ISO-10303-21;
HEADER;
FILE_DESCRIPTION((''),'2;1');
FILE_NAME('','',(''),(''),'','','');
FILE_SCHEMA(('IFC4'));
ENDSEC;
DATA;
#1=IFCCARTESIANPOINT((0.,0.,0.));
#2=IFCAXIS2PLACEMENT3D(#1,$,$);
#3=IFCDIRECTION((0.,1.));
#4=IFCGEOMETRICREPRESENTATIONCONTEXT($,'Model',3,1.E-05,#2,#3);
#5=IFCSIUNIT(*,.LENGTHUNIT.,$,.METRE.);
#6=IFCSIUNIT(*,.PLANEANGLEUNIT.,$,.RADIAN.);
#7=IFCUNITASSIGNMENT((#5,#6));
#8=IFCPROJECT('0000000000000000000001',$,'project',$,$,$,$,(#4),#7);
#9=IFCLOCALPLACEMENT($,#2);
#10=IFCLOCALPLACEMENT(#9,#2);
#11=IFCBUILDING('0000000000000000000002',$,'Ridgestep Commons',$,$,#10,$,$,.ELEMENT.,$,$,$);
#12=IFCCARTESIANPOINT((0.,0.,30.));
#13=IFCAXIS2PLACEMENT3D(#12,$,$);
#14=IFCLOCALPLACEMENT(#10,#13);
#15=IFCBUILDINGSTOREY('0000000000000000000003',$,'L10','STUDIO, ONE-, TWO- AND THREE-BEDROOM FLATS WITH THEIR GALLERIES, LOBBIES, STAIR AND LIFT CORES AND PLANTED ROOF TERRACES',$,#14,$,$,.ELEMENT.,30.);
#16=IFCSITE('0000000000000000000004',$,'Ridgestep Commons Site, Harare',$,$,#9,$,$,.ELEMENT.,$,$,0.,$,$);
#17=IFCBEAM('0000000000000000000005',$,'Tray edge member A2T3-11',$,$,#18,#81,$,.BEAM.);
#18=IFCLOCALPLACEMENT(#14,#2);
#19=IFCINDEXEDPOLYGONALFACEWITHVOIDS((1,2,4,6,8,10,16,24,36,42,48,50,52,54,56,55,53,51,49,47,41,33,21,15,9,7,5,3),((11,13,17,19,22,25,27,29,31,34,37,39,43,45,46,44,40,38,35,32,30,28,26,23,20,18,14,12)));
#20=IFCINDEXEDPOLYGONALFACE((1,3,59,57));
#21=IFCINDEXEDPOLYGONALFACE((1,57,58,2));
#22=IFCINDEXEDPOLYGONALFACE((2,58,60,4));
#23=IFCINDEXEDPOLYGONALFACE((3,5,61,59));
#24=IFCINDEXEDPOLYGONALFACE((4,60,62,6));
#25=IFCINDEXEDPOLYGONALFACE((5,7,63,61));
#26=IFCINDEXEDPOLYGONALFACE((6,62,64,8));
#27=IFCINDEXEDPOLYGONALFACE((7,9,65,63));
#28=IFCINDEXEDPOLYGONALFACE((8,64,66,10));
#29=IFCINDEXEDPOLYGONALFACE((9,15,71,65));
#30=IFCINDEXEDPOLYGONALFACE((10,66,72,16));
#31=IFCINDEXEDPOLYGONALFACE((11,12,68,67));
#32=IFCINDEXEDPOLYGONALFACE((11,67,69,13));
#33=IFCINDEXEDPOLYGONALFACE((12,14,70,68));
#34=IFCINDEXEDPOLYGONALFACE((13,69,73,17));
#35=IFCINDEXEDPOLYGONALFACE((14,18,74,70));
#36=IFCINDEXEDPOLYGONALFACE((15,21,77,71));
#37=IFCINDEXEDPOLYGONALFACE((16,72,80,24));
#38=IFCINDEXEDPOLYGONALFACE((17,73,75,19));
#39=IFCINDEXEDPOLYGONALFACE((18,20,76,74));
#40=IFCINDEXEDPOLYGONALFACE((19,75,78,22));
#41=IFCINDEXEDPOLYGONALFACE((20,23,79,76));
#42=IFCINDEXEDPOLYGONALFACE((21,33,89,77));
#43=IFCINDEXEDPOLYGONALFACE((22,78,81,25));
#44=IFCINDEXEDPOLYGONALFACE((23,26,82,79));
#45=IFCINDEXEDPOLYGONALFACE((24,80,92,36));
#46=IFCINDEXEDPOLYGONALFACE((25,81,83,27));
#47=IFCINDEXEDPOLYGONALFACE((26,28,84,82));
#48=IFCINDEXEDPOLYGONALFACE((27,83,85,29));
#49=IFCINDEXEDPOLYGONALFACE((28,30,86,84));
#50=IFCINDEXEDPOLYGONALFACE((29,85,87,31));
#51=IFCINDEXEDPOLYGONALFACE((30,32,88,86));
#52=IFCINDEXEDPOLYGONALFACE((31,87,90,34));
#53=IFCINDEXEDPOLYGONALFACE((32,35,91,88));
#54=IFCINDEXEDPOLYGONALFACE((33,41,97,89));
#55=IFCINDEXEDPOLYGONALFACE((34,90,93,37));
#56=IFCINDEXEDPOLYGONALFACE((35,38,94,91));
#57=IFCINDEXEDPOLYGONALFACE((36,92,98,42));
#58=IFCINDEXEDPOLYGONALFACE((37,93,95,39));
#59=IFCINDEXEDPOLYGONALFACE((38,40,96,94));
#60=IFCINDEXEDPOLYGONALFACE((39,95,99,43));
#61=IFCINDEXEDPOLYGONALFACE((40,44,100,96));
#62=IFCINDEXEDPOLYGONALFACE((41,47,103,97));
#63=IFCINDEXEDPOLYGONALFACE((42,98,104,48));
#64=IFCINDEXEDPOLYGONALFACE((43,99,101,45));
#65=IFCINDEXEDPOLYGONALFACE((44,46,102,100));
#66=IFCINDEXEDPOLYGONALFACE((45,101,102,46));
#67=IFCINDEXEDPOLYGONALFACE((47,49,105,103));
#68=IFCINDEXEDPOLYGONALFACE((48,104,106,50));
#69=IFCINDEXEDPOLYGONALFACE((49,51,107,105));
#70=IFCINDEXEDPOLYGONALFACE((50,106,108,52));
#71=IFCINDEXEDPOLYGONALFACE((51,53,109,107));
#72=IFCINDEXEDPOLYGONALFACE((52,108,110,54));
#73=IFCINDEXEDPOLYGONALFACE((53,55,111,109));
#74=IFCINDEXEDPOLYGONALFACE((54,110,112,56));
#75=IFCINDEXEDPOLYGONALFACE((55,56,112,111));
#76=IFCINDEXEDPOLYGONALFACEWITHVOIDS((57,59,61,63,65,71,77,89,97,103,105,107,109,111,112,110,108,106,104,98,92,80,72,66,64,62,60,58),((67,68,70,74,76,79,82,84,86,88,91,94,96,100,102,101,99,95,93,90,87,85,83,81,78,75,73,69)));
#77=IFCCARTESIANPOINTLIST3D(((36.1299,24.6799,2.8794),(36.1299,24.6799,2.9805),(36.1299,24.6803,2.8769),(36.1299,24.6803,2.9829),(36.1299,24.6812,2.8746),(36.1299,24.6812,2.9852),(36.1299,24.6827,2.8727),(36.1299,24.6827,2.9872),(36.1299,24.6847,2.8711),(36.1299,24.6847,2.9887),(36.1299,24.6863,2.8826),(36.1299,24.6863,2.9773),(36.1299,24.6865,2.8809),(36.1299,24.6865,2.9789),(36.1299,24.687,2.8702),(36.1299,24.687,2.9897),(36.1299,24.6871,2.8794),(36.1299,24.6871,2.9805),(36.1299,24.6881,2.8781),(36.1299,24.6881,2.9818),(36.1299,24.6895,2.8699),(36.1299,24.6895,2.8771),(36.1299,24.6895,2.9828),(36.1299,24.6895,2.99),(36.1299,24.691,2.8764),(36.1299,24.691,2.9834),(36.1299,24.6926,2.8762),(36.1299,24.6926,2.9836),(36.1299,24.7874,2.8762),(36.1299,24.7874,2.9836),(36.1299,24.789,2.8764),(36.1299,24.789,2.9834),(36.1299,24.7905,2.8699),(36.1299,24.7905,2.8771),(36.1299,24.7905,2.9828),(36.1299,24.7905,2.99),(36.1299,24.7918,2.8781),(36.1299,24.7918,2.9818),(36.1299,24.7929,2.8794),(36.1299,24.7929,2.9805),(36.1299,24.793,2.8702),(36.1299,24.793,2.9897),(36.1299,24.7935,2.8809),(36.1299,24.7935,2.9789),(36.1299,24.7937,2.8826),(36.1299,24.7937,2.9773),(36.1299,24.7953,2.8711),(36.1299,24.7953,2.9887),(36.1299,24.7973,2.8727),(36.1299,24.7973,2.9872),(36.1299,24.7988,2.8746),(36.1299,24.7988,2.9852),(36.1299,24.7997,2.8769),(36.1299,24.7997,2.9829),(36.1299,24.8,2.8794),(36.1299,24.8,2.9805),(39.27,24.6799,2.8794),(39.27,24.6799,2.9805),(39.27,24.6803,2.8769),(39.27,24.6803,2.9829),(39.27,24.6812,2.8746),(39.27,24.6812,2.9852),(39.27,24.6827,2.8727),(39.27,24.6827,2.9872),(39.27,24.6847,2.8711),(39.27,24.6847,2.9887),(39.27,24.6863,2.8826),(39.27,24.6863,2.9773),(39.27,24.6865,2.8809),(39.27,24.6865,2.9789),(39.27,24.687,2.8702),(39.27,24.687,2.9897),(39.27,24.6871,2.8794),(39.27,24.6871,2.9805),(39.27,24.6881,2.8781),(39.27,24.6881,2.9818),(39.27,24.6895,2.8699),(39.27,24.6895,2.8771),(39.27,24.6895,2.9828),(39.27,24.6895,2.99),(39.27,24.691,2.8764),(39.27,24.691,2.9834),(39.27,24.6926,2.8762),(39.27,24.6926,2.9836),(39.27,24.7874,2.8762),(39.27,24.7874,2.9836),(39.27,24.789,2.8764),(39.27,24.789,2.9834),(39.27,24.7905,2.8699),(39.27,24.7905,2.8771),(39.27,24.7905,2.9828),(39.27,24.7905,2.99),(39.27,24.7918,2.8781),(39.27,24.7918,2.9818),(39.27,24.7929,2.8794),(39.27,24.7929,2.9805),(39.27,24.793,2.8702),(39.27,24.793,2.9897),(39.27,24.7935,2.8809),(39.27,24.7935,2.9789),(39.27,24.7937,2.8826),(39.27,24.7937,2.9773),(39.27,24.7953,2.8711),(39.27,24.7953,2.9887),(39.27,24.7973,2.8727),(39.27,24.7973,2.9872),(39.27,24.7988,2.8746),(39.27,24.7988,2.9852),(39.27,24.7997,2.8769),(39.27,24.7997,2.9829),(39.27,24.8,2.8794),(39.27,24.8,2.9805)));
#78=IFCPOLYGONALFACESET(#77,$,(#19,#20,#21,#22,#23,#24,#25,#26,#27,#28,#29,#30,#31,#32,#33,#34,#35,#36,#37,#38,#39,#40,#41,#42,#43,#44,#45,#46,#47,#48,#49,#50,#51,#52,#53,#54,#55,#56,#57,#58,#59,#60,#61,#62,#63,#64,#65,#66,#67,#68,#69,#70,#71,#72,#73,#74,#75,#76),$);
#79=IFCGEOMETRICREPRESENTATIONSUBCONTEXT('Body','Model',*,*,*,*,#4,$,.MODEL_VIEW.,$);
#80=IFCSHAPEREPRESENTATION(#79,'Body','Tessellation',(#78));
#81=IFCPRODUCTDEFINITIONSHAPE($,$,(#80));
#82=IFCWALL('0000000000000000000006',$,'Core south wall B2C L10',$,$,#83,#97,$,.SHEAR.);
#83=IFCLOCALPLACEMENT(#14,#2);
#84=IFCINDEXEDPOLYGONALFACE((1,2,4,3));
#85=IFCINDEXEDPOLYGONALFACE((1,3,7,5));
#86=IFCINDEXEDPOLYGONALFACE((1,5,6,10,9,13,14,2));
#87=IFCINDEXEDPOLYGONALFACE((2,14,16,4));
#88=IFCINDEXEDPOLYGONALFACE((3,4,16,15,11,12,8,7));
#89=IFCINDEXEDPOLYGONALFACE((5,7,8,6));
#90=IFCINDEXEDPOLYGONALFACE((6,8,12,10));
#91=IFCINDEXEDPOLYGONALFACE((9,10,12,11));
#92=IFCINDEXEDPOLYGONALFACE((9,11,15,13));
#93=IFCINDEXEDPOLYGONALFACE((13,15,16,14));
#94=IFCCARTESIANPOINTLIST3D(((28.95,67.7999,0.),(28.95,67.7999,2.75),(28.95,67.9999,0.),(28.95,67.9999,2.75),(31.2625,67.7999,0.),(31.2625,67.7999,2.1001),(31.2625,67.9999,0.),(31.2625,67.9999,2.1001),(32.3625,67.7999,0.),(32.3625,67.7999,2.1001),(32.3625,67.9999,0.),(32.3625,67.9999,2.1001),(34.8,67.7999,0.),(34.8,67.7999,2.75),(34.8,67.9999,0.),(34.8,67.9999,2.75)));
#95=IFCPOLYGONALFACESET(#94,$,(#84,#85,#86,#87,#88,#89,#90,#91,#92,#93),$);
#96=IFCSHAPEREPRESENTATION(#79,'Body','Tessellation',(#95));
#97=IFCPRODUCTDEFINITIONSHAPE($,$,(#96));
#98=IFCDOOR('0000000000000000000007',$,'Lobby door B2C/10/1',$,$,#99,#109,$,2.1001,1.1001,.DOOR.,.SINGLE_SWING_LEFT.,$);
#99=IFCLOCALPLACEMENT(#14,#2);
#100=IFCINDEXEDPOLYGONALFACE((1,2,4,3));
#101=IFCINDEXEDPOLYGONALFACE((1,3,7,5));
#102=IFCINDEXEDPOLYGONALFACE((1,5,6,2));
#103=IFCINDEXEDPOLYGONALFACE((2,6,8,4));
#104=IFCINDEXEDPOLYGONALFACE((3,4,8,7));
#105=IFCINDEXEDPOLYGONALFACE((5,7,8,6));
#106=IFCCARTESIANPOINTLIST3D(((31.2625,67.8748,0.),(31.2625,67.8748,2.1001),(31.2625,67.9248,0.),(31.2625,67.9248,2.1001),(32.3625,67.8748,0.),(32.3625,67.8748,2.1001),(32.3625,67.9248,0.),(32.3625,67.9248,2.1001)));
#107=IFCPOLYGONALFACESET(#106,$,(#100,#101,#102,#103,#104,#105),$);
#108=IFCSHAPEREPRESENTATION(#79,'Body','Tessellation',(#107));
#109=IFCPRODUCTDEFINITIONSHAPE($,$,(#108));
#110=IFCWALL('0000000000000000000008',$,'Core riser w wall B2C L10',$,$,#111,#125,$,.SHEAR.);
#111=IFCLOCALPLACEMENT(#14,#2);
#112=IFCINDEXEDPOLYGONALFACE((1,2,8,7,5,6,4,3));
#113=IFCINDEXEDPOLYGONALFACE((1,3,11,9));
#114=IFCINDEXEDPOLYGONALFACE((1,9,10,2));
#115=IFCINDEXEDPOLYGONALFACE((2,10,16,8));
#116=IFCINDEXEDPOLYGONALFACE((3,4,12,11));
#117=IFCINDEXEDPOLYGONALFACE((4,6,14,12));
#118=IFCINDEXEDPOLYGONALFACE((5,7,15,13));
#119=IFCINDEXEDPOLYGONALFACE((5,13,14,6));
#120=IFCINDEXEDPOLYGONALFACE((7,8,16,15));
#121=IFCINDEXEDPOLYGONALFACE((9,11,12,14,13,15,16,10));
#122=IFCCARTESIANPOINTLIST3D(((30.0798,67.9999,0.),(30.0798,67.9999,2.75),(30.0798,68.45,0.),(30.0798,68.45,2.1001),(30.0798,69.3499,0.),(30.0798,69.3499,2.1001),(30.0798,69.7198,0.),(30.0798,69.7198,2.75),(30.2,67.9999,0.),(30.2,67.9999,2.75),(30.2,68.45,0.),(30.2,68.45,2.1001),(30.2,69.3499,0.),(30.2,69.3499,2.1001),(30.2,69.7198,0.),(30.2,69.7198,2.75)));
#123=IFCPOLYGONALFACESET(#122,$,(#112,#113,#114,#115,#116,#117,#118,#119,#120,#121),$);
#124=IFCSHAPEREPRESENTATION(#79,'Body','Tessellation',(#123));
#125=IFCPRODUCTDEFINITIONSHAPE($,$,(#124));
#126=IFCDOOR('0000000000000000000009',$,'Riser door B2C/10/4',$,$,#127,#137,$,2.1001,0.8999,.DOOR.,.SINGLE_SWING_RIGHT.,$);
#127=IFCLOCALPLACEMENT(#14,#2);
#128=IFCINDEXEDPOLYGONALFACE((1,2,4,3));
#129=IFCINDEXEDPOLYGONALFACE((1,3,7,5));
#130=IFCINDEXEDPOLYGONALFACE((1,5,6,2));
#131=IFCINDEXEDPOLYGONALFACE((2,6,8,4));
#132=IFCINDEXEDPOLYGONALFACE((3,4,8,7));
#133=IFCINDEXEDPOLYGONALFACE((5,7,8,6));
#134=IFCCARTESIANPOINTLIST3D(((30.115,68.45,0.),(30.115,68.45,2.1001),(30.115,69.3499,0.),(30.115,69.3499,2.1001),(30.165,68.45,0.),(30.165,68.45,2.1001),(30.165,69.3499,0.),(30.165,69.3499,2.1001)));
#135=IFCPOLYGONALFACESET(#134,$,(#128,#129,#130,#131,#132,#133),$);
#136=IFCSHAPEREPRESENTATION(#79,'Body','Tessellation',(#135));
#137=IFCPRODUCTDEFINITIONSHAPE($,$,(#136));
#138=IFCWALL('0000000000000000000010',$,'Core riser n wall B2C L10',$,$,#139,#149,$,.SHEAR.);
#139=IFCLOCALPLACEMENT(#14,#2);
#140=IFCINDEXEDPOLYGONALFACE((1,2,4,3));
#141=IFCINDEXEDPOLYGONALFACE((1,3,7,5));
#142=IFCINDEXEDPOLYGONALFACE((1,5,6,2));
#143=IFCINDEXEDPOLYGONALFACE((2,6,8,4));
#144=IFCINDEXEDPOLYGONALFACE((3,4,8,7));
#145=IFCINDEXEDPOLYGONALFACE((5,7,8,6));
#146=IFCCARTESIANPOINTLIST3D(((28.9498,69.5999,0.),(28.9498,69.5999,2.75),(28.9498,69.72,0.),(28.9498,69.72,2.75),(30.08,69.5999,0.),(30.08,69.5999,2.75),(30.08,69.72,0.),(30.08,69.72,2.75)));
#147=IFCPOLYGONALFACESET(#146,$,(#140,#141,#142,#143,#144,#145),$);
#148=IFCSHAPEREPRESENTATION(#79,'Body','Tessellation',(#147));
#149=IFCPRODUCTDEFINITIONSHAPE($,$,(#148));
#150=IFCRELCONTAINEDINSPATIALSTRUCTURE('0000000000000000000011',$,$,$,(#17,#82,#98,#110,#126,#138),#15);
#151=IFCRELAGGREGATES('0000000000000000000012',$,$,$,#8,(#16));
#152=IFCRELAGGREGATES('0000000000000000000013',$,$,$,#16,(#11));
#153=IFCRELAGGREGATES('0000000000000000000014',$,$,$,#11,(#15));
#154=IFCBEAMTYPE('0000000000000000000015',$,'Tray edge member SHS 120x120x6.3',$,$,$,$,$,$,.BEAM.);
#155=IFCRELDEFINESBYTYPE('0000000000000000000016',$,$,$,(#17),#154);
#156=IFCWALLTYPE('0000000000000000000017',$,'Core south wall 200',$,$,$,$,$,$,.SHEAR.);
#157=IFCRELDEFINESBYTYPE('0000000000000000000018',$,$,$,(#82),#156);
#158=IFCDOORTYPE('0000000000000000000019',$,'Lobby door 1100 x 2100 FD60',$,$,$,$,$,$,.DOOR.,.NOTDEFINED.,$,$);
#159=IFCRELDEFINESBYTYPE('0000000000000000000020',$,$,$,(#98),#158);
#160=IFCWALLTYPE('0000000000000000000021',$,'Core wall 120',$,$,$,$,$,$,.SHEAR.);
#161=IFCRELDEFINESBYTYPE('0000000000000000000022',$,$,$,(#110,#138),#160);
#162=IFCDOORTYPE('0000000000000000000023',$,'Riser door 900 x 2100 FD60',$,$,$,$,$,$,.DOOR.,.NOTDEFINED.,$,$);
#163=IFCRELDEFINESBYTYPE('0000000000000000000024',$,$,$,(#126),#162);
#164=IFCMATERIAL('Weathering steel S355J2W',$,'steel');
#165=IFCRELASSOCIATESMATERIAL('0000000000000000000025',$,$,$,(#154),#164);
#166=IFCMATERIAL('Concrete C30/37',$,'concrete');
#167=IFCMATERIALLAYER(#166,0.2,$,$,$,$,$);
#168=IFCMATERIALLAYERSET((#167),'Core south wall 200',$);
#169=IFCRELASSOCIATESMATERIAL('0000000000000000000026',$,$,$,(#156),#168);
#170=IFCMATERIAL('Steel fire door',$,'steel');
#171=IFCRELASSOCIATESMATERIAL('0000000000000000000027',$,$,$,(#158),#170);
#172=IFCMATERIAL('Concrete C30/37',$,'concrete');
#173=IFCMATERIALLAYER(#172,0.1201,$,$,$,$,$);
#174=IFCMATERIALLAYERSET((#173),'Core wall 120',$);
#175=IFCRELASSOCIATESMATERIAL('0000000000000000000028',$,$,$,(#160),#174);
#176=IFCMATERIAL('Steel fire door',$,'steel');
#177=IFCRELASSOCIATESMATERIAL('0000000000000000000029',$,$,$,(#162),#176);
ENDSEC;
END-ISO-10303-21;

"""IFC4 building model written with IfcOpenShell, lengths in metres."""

from ifc_helpers import new_model, si_unit, direction, frame, frame_2d, origin, origin_2d, place, context, subcontext, project, spatial, rectangle, hollow_rectangle, extrude, material, layer, layer_set, material_profile, profile_set, type_object, element, fill, save


model = new_model("IFC4")

# Units and contexts
model_context = context("Model", 3, precision=1e-05, world=origin(), true_north=direction((0.0, 1.0)))
body_context = subcontext(model_context, "Body", "Model", "MODEL_VIEW")
ifc_project = project(units=[si_unit("LENGTHUNIT", "METRE"), si_unit("PLANEANGLEUNIT", "RADIAN")], contexts=[model_context])

# Site, building, storey
site_placement = place(None, origin())
site = spatial("IfcSite", under=ifc_project, at=site_placement, Name="Ridgestep Commons Site, Harare", CompositionType="ELEMENT", RefElevation=0.0)
building_placement = place(site_placement, origin())
building = spatial("IfcBuilding", under=site, at=building_placement, Name="Ridgestep Commons", CompositionType="ELEMENT")
storey_placement = place(building_placement, frame((0.0, 0.0, 30.0)))
storey = spatial("IfcBuildingStorey", under=building, at=storey_placement, Name="L10", Description="STUDIO, ONE-, TWO- AND THREE-BEDROOM FLATS WITH THEIR GALLERIES, LOBBIES, STAIR AND LIFT CORES AND PLANTED ROOF TERRACES", CompositionType="ELEMENT", Elevation=30.0)

# Beam
ifc_material_1 = material(Name="Weathering steel S355J2W", Category="steel")
ifc_material_profile_1 = material_profile(ifc_material_1, hollow_rectangle(XDim=0.1201, YDim=0.1201, WallThickness=0.0063, InnerFilletRadius=0.0063, OuterFilletRadius=0.0095, at=origin_2d()), Name="SHS 120x120x6.3")
ifc_profile_set_1 = profile_set([ifc_material_profile_1], Name="Weathering steel S355J2W")
beam_type_1 = type_object("IfcBeamType", Name="Tray edge member SHS 120x120x6.3", PredefinedType="BEAM", material=ifc_profile_set_1)
beam_1_placement = place(storey_placement, frame((36.1299, 24.74, 2.9299), z_axis=(1.0, 0.0, 0.0), x_axis=(0.0, 0.0, 1.0)))
element("IfcBeam", 1, at=beam_1_placement, inside=storey, type_object=beam_type_1, Name="Tray edge member A2T3-11", PredefinedType="BEAM", context=body_context, shape_type="SweptSolid", body=[
    extrude(hollow_rectangle(XDim=0.1201, YDim=0.1201, WallThickness=0.0063, InnerFilletRadius=0.0063, OuterFilletRadius=0.0095, at=origin_2d()), origin(), (0.0, 0.0, 1.0), 3.1401),
])

# Walls, openings, doors
ifc_material_2 = material(Name="Concrete C30/37", Category="concrete")
ifc_layer_1 = layer(ifc_material_2, 0.2)
ifc_layer_set_1 = layer_set([ifc_layer_1], Name="Core south wall 200")
wall_type_1 = type_object("IfcWallType", Name="Core south wall 200", PredefinedType="SHEAR", material=ifc_layer_set_1)
wall_1_placement = place(storey_placement, frame((28.95, 67.8999, 0.0), z_axis=(0.0, 0.0, 1.0), x_axis=(1.0, 0.0, 0.0)))
wall_1 = element("IfcWall", 2, at=wall_1_placement, inside=storey, type_object=wall_type_1, Name="Core south wall B2C L10", PredefinedType="SHEAR", context=body_context, shape_type="SweptSolid", body=[
    extrude(rectangle(XDim=5.8501, YDim=0.2, at=frame_2d((2.925, 0.0))), origin(), (0.0, 0.0, 1.0), 2.75),
])
opening_1_placement = place(wall_1_placement, frame((2.3125, 0.0, 0.0)))
opening_1 = element("IfcOpeningElement", 3, at=opening_1_placement, cuts=wall_1, PredefinedType="OPENING", context=body_context, shape_type="SweptSolid", body=[
    extrude(rectangle(XDim=1.1001, YDim=2.1001, at=frame_2d((0.55, 1.05))), frame((0.0, 0.1099, 0.0), z_axis=(0.0, -1.0, 0.0), x_axis=(1.0, 0.0, 0.0)), (0.0, 0.0, 1.0), 0.22),
])
ifc_material_3 = material(Name="Steel fire door", Category="steel")
door_type_1 = type_object("IfcDoorType", Name="Lobby door 1100 x 2100 FD60", OperationType="NOTDEFINED", PredefinedType="DOOR", material=ifc_material_3)
door_1_placement = place(opening_1_placement, origin())
door_1 = element("IfcDoor", 4, at=door_1_placement, inside=storey, type_object=door_type_1, Name="Lobby door B2C/10/1", OperationType="SINGLE_SWING_LEFT", OverallHeight=2.1001, OverallWidth=1.1001, PredefinedType="DOOR", context=body_context, shape_type="SweptSolid", body=[
    extrude(rectangle(XDim=1.1001, YDim=2.1001, at=frame_2d((0.55, 1.05))), frame((0.0, 0.0249, 0.0), z_axis=(0.0, -1.0, 0.0), x_axis=(1.0, 0.0, 0.0)), (0.0, 0.0, 1.0), 0.05),
])
fill(opening_1, door_1)
ifc_material_4 = material(Name="Concrete C30/37", Category="concrete")
ifc_layer_2 = layer(ifc_material_4, 0.1201)
ifc_layer_set_2 = layer_set([ifc_layer_2], Name="Core wall 120")
wall_type_2 = type_object("IfcWallType", Name="Core wall 120", PredefinedType="SHEAR", material=ifc_layer_set_2)
wall_2_placement = place(storey_placement, frame((30.1399, 68.0, 0.0), z_axis=(0.0, 0.0, 1.0), x_axis=(0.0, 1.0, 0.0)))
wall_2 = element("IfcWall", 5, at=wall_2_placement, inside=storey, type_object=wall_type_2, Name="Core riser w wall B2C L10", PredefinedType="SHEAR", context=body_context, shape_type="SweptSolid", body=[
    extrude(rectangle(XDim=1.72, YDim=0.1201, at=frame_2d((0.8599, 0.0))), origin(), (0.0, 0.0, 1.0), 2.75),
])
opening_2_placement = place(wall_2_placement, frame((0.45, 0.0, 0.0)))
opening_2 = element("IfcOpeningElement", 6, at=opening_2_placement, cuts=wall_2, PredefinedType="OPENING", context=body_context, shape_type="SweptSolid", body=[
    extrude(rectangle(XDim=0.8999, YDim=2.1001, at=frame_2d((0.45, 1.05))), frame((0.0, 0.0701, 0.0), z_axis=(0.0, -1.0, 0.0), x_axis=(1.0, 0.0, 0.0)), (0.0, 0.0, 1.0), 0.1401),
])
ifc_material_5 = material(Name="Steel fire door", Category="steel")
door_type_2 = type_object("IfcDoorType", Name="Riser door 900 x 2100 FD60", OperationType="NOTDEFINED", PredefinedType="DOOR", material=ifc_material_5)
door_2_placement = place(opening_2_placement, origin())
door_2 = element("IfcDoor", 7, at=door_2_placement, inside=storey, type_object=door_type_2, Name="Riser door B2C/10/4", OperationType="SINGLE_SWING_RIGHT", OverallHeight=2.1001, OverallWidth=0.8999, PredefinedType="DOOR", context=body_context, shape_type="SweptSolid", body=[
    extrude(rectangle(XDim=0.8999, YDim=2.1001, at=frame_2d((0.45, 1.05))), frame((0.0, 0.0249, 0.0), z_axis=(0.0, -1.0, 0.0), x_axis=(1.0, 0.0, 0.0)), (0.0, 0.0, 1.0), 0.05),
])
fill(opening_2, door_2)

# Wall
wall_3_placement = place(storey_placement, frame((28.95, 69.6599, 0.0), z_axis=(0.0, 0.0, 1.0), x_axis=(1.0, 0.0, 0.0)))
element("IfcWall", 8, at=wall_3_placement, inside=storey, type_object=wall_type_2, Name="Core riser n wall B2C L10", PredefinedType="SHEAR", context=body_context, shape_type="SweptSolid", body=[
    extrude(rectangle(XDim=1.1301, YDim=0.1201, at=frame_2d((0.5649, 0.0))), origin(), (0.0, 0.0, 1.0), 2.75),
])

save(model, "model.ifc")
